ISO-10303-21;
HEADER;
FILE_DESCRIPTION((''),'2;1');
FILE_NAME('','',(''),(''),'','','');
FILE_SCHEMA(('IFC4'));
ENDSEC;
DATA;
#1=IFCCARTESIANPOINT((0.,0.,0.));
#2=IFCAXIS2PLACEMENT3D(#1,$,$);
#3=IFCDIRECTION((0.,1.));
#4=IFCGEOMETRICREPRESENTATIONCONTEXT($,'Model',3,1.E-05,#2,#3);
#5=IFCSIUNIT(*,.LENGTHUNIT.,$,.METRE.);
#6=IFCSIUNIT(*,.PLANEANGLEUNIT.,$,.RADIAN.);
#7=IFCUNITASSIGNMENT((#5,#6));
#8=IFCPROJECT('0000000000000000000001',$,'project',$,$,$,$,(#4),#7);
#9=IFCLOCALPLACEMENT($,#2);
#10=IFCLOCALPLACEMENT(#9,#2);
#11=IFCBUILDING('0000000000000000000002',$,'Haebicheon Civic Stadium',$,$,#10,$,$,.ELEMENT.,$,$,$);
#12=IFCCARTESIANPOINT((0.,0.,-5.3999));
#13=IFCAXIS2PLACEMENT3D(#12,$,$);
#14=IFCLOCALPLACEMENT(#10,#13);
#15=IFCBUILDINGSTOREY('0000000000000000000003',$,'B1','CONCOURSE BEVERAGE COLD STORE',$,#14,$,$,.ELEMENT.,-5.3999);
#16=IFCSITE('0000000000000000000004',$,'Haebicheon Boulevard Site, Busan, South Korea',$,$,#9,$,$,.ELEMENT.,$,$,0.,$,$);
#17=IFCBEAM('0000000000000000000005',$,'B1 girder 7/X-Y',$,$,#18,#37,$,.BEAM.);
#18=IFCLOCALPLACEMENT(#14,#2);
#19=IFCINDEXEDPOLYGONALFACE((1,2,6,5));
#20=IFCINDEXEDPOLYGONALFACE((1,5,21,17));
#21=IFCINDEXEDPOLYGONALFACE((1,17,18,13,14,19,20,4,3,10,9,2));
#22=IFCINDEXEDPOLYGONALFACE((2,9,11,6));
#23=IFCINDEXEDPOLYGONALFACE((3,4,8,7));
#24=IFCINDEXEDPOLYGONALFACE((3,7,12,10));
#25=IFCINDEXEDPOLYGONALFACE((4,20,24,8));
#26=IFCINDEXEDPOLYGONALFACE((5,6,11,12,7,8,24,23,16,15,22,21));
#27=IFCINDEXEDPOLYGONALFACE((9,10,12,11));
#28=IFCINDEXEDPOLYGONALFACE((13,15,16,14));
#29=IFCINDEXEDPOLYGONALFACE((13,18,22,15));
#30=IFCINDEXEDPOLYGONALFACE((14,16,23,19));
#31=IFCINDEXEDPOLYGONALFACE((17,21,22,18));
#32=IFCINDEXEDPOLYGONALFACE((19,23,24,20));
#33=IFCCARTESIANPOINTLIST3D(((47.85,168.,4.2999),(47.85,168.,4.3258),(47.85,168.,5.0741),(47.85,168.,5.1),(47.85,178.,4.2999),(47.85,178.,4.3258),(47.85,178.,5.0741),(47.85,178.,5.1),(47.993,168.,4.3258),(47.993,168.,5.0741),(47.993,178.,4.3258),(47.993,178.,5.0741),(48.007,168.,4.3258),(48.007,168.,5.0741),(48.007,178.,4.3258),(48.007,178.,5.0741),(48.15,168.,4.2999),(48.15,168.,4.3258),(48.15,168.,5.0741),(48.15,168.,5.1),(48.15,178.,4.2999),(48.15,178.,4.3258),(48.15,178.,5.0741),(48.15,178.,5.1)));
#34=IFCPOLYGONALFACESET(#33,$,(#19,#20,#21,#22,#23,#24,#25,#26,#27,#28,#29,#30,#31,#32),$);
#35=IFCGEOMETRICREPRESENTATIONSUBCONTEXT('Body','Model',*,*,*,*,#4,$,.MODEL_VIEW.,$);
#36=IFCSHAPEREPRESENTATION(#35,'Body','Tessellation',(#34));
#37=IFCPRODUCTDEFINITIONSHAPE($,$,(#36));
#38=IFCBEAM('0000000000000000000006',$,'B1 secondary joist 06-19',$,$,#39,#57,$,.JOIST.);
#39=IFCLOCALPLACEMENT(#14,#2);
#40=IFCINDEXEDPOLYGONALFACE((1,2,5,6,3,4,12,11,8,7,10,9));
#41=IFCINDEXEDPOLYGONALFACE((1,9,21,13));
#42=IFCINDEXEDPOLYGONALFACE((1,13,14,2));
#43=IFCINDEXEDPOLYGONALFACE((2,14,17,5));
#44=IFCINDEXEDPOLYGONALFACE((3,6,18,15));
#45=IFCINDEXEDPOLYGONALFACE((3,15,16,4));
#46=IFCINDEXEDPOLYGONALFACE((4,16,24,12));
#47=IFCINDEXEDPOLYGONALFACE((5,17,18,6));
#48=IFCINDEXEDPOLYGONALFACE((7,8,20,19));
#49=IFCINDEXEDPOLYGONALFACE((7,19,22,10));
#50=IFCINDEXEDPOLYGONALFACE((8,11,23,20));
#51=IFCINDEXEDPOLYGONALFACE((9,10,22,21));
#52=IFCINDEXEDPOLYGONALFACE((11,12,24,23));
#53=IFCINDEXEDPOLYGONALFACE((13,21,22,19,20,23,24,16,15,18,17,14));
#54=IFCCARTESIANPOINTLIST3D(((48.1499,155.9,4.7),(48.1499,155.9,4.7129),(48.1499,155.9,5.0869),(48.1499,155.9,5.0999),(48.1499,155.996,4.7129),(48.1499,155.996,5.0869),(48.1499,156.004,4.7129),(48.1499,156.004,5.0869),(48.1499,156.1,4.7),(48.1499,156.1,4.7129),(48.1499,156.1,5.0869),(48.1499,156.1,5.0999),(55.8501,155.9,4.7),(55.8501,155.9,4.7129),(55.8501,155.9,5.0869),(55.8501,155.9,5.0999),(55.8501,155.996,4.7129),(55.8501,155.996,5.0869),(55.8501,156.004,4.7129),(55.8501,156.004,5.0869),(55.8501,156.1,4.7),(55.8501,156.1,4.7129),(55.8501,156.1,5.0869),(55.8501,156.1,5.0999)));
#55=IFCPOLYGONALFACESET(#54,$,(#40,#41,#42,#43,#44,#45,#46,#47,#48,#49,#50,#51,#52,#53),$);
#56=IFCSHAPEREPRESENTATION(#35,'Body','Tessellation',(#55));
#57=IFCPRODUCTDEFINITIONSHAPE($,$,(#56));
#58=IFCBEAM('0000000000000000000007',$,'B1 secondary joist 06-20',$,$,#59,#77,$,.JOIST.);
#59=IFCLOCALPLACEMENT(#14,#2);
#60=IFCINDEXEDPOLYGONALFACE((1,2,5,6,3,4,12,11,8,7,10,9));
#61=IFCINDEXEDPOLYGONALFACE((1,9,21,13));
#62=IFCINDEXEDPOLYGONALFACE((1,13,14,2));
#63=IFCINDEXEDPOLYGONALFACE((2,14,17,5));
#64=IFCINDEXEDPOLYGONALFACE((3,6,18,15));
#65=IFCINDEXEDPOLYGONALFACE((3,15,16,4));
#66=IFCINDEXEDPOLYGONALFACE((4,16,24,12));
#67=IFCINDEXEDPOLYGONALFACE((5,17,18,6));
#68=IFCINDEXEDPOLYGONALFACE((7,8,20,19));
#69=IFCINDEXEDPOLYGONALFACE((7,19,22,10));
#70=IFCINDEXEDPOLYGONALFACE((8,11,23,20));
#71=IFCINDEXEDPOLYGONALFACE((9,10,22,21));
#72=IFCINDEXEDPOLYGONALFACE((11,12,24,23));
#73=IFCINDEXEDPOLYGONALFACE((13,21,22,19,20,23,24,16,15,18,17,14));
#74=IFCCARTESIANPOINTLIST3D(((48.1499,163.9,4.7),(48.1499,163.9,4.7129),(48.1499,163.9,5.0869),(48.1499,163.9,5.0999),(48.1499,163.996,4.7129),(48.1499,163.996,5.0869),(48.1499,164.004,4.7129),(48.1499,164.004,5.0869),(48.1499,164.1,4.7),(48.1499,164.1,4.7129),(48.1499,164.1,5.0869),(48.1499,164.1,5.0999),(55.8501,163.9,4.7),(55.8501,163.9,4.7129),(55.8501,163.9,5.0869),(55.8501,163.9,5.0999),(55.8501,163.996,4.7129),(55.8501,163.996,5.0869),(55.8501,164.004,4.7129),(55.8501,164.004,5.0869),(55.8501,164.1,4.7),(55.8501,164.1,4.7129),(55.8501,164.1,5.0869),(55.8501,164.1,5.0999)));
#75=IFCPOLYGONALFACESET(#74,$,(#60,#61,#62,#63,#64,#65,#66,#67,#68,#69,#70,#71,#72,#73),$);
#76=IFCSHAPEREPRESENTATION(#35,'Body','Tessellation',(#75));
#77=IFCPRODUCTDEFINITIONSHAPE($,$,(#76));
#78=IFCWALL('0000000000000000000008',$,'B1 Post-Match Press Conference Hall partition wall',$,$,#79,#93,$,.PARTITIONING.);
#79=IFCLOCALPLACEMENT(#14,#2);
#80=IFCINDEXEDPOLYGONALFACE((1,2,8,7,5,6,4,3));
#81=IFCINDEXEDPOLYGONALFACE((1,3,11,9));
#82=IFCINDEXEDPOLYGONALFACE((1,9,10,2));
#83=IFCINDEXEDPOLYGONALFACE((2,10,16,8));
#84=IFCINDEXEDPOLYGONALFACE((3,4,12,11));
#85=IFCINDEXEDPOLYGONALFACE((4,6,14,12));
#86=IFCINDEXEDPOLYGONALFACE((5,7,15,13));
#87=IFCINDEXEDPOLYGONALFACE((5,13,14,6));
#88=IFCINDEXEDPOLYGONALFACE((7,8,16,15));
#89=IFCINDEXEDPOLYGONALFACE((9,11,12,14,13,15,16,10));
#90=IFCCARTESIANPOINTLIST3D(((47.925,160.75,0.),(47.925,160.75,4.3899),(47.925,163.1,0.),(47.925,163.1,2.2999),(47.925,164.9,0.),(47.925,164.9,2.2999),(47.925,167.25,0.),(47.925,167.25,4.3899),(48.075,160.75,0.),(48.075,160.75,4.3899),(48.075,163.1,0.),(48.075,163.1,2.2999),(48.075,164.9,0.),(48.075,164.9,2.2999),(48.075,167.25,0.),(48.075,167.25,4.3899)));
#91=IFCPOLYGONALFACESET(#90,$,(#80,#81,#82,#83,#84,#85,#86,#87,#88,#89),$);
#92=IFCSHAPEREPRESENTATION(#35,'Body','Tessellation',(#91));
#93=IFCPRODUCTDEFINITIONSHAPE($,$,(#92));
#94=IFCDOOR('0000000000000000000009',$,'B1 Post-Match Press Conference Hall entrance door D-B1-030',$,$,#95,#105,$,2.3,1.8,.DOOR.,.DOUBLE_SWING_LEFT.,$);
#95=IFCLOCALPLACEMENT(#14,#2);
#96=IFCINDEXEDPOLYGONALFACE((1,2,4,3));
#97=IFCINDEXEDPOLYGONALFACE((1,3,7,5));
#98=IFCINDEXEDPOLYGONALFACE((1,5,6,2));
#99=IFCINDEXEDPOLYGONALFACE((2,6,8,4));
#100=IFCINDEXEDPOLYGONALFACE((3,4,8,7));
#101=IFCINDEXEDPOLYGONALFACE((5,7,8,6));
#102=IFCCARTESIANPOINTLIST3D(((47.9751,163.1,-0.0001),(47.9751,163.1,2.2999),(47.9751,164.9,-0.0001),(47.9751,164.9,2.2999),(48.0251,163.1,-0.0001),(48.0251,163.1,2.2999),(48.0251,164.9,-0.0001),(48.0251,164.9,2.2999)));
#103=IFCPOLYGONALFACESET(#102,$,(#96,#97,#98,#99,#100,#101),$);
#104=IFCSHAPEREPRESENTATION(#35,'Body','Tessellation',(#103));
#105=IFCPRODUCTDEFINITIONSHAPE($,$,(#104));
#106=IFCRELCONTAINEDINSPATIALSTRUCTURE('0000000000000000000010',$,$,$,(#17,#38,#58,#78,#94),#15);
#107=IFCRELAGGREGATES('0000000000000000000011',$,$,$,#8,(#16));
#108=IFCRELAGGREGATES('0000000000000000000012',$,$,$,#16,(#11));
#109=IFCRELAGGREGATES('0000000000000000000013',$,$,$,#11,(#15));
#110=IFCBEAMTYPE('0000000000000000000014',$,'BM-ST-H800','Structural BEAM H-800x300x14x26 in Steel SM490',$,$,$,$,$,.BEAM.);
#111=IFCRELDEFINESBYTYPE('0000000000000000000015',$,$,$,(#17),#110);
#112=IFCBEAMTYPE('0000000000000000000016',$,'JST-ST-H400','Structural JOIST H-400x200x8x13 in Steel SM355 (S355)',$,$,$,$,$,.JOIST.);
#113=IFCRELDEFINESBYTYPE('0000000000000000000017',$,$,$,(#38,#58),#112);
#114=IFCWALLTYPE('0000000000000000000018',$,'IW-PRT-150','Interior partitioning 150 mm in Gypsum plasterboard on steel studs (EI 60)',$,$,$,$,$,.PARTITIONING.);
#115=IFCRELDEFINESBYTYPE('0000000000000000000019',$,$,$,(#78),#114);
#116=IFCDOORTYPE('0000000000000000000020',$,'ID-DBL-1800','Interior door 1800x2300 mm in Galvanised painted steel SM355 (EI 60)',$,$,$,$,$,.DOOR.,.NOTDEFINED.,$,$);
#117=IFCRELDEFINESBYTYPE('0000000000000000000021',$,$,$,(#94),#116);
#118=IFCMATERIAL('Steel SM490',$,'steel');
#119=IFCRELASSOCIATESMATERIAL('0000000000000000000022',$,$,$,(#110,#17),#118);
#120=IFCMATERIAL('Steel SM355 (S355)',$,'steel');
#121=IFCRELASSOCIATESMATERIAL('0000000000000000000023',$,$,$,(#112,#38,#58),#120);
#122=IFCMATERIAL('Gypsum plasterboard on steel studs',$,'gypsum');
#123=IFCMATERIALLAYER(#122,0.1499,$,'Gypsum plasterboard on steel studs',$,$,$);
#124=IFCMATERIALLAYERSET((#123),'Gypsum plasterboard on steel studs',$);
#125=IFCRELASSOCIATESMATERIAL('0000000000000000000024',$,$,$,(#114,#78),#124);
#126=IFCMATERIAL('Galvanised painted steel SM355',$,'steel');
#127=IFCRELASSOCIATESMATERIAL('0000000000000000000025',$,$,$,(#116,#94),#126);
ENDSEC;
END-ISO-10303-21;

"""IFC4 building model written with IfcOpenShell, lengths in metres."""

from ifc_helpers import new_model, si_unit, direction, frame, frame_2d, origin, origin_2d, place, context, subcontext, project, spatial, rectangle, i_section, extrude, material, layer, layer_set, material_profile, profile_set, type_object, element, fill, save


model = new_model("IFC4")

# Units and contexts
model_context = context("Model", 3, precision=1e-05, world=origin(), true_north=direction((0.0, 1.0)))
body_context = subcontext(model_context, "Body", "Model", "MODEL_VIEW")
ifc_project = project(units=[si_unit("LENGTHUNIT", "METRE"), si_unit("PLANEANGLEUNIT", "RADIAN")], contexts=[model_context])

# Site, building, storey
site_placement = place(None, origin())
site = spatial("IfcSite", under=ifc_project, at=site_placement, Name="Haebicheon Boulevard Site, Busan, South Korea", CompositionType="ELEMENT", RefElevation=0.0)
building_placement = place(site_placement, origin())
building = spatial("IfcBuilding", under=site, at=building_placement, Name="Haebicheon Civic Stadium", CompositionType="ELEMENT")
storey_placement = place(building_placement, frame((0.0, 0.0, -5.3999)))
storey = spatial("IfcBuildingStorey", under=building, at=storey_placement, Name="B1", Description="CONCOURSE BEVERAGE COLD STORE", CompositionType="ELEMENT", Elevation=-5.3999)

# Beams
ifc_material_1 = material(Name="Steel SM490", Category="steel")
ifc_material_profile_1 = material_profile(ifc_material_1, i_section(OverallWidth=0.3, OverallDepth=0.8, WebThickness=0.0139, FlangeThickness=0.0259, at=origin_2d()), Name="H-800x300x14x26")
ifc_profile_set_1 = profile_set([ifc_material_profile_1], Name="Steel SM490")
beam_type_1 = type_object("IfcBeamType", Name="BM-ST-H800", Description="Structural BEAM H-800x300x14x26 in Steel SM490", PredefinedType="BEAM", material=ifc_profile_set_1)
beam_placement = place(storey_placement, frame((48.0, 168.0, 4.7), z_axis=(0.0, 1.0, 0.0), x_axis=(-1.0, 0.0, 0.0)))
element("IfcBeam", 1, at=beam_placement, inside=storey, type_object=beam_type_1, material=ifc_profile_set_1, Name="B1 girder 7/X-Y", PredefinedType="BEAM", context=body_context, shape_type="SweptSolid", body=[
    extrude(i_section(OverallWidth=0.3, OverallDepth=0.8, WebThickness=0.0139, FlangeThickness=0.0259, at=origin_2d()), origin(), (0.0, 0.0, 1.0), 10.0),
])
ifc_material_2 = material(Name="Steel SM355 (S355)", Category="steel")
ifc_material_profile_2 = material_profile(ifc_material_2, i_section(OverallWidth=0.2, OverallDepth=0.3999, WebThickness=0.0081, FlangeThickness=0.0129, at=origin_2d()), Name="H-400x200x8x13")
ifc_profile_set_2 = profile_set([ifc_material_profile_2], Name="Steel SM355 (S355)")
beam_type_2 = type_object("IfcBeamType", Name="JST-ST-H400", Description="Structural JOIST H-400x200x8x13 in Steel SM355 (S355)", PredefinedType="JOIST", material=ifc_profile_set_2)
for number, where, z_axis, x_axis, name in (
    (2, (48.1499, 156.0, 4.8999), (1.0, 0.0, 0.0), (0.0, 1.0, 0.0), "B1 secondary joist 06-19"),
    (3, (48.1499, 164.0, 4.8999), (1.0, 0.0, 0.0), (0.0, 1.0, 0.0), "B1 secondary joist 06-20"),
):
    element("IfcBeam", number, at=place(storey_placement, frame(where, z_axis=z_axis, x_axis=x_axis)), inside=storey, type_object=beam_type_2, material=ifc_profile_set_2, Name=name, PredefinedType="JOIST", context=body_context, shape_type="SweptSolid", body=[
        extrude(i_section(OverallWidth=0.2, OverallDepth=0.3999, WebThickness=0.0081, FlangeThickness=0.0129, at=origin_2d()), origin(), (0.0, 0.0, 1.0), 7.7002),
    ])

# Wall, opening, door
ifc_material_3 = material(Name="Gypsum plasterboard on steel studs", Category="gypsum")
ifc_layer_1 = layer(ifc_material_3, 0.1499, Name="Gypsum plasterboard on steel studs")
ifc_layer_set_1 = layer_set([ifc_layer_1], Name="Gypsum plasterboard on steel studs")
wall_type = type_object("IfcWallType", Name="IW-PRT-150", Description="Interior partitioning 150 mm in Gypsum plasterboard on steel studs (EI 60)", PredefinedType="PARTITIONING", material=ifc_layer_set_1)
wall_placement = place(storey_placement, frame((48.0, 160.75, 0.0), z_axis=(0.0, 0.0, 1.0), x_axis=(0.0, 1.0, 0.0)))
wall = element("IfcWall", 4, at=wall_placement, inside=storey, type_object=wall_type, material=ifc_layer_set_1, Name="B1 Post-Match Press Conference Hall partition wall", PredefinedType="PARTITIONING", context=body_context, shape_type="SweptSolid", body=[
    extrude(rectangle(XDim=6.5, YDim=0.1499, at=frame_2d((3.25, 0.0))), origin(), (0.0, 0.0, 1.0), 4.3899),
])
opening_placement = place(wall_placement, frame((2.3501, 0.0, 0.0)))
opening = element("IfcOpeningElement", 5, at=opening_placement, cuts=wall, PredefinedType="OPENING", context=body_context, shape_type="SweptSolid", body=[
    extrude(rectangle(XDim=1.8, YDim=2.3, at=frame_2d((0.8999, 1.1499))), frame((0.0, 0.085, 0.0), z_axis=(0.0, -1.0, 0.0), x_axis=(1.0, 0.0, 0.0)), (0.0, 0.0, 1.0), 0.1699),
])
ifc_material_4 = material(Name="Galvanised painted steel SM355", Category="steel")
door_type = type_object("IfcDoorType", Name="ID-DBL-1800", Description="Interior door 1800x2300 mm in Galvanised painted steel SM355 (EI 60)", OperationType="NOTDEFINED", PredefinedType="DOOR", material=ifc_material_4)
door_placement = place(opening_placement, origin())
door = element("IfcDoor", 6, at=door_placement, inside=storey, type_object=door_type, material=ifc_material_4, Name="B1 Post-Match Press Conference Hall entrance door D-B1-030", OperationType="DOUBLE_SWING_LEFT", OverallHeight=2.3, OverallWidth=1.8, PredefinedType="DOOR", context=body_context, shape_type="SweptSolid", body=[
    extrude(rectangle(XDim=1.8, YDim=2.3, at=frame_2d((0.8999, 1.1499))), frame((0.0, 0.0249, 0.0), z_axis=(0.0, -1.0, 0.0), x_axis=(1.0, 0.0, 0.0)), (0.0, 0.0, 1.0), 0.05),
])
fill(opening, door)

save(model, "model.ifc")
